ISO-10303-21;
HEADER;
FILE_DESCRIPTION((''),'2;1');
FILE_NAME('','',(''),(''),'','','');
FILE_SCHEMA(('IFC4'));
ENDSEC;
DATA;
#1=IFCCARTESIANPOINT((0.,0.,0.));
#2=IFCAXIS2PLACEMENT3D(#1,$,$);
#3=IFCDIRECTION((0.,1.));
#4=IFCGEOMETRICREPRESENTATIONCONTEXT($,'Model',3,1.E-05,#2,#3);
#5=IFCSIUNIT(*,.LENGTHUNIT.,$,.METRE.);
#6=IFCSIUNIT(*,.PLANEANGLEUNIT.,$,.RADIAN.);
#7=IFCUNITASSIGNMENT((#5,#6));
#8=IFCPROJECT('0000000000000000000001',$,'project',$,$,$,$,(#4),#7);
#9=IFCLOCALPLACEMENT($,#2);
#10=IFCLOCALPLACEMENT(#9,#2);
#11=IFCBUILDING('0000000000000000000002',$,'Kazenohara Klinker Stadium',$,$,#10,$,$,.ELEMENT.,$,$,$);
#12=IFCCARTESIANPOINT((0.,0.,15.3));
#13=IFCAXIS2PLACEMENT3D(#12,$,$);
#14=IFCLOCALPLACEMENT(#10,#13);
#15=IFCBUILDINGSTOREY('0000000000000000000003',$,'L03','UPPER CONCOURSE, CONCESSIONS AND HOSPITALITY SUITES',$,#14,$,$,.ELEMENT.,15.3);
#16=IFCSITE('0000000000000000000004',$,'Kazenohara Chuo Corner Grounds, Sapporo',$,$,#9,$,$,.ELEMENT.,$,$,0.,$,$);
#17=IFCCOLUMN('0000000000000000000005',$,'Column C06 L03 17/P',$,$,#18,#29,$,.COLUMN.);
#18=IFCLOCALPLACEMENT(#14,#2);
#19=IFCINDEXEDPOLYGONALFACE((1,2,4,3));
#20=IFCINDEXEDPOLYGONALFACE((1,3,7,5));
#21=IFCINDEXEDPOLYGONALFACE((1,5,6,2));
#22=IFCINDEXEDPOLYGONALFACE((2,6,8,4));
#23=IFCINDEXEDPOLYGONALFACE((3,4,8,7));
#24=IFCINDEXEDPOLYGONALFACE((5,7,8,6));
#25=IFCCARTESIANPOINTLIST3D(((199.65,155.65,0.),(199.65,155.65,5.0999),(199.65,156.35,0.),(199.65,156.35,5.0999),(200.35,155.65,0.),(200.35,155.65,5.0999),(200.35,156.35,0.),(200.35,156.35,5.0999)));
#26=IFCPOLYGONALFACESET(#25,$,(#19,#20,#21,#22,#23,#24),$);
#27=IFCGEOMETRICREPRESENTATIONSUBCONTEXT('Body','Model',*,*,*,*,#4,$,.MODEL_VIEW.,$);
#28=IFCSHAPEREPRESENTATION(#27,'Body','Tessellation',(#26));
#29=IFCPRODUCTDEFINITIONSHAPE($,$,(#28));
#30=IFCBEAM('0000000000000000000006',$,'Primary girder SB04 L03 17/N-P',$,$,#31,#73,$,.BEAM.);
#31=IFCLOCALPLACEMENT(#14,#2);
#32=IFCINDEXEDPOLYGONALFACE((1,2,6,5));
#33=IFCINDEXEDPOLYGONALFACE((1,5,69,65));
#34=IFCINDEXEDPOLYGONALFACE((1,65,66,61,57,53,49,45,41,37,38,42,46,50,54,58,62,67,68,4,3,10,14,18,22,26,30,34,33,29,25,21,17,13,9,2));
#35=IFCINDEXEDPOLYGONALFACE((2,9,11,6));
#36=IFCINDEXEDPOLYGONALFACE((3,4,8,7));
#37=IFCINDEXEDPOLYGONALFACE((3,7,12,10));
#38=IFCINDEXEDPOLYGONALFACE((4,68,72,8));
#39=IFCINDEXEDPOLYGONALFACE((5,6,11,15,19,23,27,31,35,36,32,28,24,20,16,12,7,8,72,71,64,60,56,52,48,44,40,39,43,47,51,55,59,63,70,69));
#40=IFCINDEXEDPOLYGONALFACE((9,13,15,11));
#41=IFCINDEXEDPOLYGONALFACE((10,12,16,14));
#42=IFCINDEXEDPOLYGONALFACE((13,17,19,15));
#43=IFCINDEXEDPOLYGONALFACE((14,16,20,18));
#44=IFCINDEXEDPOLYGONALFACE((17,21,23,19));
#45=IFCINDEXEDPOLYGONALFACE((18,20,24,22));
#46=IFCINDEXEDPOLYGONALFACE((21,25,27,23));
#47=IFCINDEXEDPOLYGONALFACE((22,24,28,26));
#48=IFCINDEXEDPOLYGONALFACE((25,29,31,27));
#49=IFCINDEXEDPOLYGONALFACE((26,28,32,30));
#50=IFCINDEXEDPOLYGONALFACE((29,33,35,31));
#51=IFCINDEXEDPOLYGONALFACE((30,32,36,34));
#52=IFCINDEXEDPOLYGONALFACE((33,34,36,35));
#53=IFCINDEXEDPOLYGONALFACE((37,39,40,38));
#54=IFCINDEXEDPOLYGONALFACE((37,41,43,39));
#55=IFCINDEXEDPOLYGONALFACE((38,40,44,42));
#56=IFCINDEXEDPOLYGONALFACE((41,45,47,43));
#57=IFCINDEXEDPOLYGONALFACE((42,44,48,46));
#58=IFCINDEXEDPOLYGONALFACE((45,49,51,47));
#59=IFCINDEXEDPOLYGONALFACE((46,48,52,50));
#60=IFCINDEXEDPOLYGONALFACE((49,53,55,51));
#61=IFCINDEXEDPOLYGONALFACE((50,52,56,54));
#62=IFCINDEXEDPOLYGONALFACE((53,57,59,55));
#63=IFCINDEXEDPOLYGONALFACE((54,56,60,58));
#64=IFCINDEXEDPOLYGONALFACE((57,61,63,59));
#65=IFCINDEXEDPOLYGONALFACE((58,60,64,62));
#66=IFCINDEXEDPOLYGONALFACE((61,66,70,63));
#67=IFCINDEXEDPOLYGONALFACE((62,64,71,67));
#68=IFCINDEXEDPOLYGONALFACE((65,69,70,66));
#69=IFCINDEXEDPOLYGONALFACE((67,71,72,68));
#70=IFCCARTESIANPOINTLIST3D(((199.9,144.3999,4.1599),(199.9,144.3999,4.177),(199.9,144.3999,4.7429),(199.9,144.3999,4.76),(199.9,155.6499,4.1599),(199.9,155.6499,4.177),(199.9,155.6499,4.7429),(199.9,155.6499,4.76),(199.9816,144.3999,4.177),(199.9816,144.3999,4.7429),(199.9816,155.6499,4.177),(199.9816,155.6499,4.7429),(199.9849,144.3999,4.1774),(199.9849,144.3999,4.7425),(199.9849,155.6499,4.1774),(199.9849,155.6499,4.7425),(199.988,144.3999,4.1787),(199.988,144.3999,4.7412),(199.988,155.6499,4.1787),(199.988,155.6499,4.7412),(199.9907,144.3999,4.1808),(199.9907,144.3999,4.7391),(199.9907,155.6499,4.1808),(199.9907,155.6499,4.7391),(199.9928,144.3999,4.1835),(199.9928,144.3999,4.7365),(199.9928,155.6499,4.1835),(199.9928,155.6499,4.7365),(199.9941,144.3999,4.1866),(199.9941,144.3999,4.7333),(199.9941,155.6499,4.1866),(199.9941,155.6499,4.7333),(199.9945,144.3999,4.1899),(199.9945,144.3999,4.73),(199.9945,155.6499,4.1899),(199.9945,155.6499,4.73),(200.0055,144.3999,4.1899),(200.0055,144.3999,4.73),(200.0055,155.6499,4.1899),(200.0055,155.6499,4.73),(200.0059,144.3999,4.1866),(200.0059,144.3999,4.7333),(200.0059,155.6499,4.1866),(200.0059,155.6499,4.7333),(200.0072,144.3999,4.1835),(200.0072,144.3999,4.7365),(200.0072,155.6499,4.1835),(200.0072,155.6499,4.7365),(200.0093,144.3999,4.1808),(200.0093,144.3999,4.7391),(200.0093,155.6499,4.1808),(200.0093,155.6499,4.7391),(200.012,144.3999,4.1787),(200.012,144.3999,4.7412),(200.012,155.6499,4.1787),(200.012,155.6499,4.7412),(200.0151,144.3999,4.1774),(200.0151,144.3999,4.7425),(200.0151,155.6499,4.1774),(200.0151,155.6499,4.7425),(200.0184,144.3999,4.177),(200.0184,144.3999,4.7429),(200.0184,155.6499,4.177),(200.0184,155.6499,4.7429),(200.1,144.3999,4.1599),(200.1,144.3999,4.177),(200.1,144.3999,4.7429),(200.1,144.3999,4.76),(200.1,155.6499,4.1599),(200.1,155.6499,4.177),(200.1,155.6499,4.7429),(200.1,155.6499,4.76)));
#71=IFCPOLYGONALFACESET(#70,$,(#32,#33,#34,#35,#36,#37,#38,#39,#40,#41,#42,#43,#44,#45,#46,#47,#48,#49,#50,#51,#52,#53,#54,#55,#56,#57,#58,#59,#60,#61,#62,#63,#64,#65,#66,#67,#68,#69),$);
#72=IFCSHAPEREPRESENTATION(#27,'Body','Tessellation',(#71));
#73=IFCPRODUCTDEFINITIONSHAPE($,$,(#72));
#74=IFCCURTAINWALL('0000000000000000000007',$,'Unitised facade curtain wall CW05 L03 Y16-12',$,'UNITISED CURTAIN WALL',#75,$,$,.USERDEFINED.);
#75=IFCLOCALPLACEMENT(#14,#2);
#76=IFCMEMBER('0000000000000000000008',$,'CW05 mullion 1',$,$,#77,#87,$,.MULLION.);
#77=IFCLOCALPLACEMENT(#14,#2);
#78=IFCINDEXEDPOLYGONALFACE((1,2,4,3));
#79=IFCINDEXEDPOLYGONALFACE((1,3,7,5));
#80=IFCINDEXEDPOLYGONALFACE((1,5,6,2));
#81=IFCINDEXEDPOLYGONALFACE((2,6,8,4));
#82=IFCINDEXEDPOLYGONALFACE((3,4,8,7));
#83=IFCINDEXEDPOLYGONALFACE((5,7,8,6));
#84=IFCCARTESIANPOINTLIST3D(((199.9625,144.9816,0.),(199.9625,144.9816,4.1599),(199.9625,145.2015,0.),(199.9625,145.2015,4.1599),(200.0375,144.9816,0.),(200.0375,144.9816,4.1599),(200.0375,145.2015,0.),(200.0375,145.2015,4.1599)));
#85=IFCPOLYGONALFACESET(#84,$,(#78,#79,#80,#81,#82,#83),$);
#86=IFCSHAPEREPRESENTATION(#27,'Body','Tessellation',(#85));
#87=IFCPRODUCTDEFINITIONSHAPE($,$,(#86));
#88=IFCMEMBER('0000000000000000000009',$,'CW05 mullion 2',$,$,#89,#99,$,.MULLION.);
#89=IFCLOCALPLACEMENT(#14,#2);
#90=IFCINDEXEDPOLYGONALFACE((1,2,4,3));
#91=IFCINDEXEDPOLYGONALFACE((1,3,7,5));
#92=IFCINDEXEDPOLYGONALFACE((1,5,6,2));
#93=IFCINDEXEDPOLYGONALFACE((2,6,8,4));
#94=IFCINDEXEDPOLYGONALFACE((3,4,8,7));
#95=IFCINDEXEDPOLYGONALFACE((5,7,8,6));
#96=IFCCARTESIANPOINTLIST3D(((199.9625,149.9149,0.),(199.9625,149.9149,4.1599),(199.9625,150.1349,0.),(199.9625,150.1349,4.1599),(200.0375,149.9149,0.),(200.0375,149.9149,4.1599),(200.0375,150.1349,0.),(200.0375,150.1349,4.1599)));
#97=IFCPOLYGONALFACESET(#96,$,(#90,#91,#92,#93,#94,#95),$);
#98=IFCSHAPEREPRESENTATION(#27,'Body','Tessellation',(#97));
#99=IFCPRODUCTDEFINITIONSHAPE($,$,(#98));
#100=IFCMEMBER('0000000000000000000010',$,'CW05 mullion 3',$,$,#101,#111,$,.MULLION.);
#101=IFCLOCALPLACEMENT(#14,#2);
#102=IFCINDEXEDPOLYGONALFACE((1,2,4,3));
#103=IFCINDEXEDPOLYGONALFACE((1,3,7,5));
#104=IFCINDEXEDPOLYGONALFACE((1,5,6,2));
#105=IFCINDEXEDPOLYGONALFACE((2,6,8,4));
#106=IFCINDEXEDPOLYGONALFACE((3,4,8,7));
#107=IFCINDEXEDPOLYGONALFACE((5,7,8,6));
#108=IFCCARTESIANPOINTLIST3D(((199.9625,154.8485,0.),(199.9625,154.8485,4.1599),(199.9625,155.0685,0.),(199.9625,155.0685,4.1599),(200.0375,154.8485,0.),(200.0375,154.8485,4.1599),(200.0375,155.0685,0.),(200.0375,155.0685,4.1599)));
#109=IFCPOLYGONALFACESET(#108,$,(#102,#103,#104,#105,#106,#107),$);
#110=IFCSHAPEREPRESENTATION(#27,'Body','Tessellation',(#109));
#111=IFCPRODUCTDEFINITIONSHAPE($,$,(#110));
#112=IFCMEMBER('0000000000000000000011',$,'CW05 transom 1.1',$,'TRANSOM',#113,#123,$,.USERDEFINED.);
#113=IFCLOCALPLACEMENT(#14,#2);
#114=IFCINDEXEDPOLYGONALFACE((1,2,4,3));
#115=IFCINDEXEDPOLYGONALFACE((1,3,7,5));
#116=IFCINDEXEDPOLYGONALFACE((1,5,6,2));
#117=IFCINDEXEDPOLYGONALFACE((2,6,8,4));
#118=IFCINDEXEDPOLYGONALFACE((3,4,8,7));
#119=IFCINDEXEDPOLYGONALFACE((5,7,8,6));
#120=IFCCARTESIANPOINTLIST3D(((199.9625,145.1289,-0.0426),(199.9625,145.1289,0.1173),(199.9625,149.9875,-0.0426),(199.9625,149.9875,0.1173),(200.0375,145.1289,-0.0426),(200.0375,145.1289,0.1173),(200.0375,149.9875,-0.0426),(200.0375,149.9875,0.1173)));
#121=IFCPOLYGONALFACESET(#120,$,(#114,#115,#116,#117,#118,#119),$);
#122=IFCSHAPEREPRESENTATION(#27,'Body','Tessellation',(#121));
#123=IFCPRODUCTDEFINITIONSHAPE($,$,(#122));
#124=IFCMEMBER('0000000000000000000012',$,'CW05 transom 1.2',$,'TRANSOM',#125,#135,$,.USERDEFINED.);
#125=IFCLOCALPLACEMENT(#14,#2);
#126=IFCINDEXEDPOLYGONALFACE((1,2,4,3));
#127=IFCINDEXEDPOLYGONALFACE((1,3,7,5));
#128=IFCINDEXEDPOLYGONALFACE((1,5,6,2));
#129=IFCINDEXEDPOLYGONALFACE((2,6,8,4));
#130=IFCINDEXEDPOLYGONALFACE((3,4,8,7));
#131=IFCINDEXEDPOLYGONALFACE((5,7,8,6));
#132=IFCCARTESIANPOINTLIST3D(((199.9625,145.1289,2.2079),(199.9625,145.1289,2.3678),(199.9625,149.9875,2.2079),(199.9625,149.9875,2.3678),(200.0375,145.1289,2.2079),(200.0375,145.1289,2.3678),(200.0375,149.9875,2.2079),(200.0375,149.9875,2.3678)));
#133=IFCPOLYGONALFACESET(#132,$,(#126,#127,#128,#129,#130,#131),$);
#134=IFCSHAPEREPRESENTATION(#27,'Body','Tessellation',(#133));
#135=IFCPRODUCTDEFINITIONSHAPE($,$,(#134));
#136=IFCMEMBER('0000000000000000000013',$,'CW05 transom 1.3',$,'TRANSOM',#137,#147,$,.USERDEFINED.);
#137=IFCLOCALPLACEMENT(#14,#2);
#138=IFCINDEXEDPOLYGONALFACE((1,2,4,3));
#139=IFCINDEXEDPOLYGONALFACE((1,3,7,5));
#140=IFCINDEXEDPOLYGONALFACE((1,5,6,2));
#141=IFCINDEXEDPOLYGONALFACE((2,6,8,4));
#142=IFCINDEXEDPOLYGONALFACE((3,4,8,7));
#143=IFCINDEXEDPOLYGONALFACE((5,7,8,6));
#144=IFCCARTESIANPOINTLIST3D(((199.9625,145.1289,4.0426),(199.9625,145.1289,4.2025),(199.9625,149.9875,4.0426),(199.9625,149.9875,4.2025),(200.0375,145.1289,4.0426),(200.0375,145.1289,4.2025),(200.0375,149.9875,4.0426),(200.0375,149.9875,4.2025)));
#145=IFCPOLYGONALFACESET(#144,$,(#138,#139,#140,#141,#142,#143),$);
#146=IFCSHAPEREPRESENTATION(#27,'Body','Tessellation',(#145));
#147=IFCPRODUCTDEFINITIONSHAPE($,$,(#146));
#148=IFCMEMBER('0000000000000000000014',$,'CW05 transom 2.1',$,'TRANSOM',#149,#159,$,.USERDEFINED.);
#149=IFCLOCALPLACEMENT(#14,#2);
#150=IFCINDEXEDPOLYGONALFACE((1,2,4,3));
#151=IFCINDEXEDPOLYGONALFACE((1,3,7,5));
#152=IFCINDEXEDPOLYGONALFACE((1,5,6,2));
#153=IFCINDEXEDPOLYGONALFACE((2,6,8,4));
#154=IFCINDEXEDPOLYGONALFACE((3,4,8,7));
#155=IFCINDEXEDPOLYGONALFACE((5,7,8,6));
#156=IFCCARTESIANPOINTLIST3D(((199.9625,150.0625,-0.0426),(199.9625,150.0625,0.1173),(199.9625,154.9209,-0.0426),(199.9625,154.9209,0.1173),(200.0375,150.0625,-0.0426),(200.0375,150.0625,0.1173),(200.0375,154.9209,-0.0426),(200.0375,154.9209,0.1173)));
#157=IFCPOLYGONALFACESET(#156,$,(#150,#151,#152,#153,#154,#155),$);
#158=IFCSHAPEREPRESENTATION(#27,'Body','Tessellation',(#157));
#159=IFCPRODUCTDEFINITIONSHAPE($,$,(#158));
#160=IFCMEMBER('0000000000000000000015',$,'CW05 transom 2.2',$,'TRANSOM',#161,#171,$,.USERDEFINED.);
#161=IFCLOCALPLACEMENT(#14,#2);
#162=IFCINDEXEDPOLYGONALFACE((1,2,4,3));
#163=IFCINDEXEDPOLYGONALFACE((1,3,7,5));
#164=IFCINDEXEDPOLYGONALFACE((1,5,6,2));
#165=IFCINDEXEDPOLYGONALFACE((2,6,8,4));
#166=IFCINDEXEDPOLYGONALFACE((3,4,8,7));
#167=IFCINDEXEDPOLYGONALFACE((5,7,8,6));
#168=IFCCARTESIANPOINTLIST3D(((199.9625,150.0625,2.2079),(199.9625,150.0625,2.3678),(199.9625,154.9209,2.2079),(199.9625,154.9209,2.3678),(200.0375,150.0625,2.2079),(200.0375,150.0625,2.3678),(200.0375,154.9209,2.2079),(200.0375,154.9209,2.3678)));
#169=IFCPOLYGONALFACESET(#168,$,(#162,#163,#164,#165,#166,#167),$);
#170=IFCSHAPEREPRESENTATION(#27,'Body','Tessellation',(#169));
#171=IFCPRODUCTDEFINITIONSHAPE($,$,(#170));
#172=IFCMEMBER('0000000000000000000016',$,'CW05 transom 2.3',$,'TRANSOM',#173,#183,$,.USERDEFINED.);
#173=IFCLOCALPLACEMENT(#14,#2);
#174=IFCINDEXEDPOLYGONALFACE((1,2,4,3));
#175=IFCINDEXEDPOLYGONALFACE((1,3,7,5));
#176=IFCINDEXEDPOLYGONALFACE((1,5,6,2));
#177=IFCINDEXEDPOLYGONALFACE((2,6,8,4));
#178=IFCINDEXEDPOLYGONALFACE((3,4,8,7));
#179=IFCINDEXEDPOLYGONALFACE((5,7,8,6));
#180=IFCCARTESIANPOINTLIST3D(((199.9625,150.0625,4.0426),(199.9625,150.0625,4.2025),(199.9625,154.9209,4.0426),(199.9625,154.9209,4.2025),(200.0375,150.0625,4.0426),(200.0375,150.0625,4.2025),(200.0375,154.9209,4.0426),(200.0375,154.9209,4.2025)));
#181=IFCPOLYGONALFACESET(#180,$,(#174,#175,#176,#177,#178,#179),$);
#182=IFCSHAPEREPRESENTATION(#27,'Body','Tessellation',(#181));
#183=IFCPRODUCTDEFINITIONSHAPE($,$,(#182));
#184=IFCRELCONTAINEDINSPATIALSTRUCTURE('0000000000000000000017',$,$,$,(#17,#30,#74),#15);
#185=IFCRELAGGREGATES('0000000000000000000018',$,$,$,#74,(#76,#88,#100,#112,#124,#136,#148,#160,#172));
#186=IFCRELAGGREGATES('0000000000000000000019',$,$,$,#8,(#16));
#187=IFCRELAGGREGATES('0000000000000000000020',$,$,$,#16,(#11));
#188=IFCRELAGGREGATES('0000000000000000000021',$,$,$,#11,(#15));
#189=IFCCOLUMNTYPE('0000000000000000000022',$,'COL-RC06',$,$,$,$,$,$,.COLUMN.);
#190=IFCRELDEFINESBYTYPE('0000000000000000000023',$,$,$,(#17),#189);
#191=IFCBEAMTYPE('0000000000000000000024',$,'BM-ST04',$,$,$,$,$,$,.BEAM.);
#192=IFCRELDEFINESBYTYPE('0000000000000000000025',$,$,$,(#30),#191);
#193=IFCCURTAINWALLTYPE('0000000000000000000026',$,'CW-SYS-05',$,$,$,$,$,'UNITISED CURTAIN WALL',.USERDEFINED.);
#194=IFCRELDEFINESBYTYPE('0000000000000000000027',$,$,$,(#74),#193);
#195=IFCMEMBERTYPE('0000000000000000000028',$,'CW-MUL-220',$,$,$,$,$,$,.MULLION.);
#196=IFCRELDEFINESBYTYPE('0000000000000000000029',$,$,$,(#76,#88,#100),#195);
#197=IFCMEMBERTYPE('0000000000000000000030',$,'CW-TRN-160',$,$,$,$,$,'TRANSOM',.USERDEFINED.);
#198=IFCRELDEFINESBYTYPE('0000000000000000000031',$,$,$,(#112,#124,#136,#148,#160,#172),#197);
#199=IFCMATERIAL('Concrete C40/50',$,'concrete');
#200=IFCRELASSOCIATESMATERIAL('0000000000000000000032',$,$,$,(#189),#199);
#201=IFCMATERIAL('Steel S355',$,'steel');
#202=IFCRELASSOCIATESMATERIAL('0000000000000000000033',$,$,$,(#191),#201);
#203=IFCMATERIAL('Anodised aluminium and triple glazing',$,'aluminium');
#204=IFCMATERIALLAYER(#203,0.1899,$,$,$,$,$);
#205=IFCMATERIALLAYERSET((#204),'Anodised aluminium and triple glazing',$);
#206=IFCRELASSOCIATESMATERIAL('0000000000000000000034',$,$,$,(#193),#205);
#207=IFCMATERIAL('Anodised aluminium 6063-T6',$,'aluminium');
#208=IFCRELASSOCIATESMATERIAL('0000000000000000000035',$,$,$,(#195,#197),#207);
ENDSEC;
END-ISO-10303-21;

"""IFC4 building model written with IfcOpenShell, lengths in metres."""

from ifc_helpers import new_model, si_unit, direction, frame, origin, origin_2d, place, context, subcontext, project, spatial, rectangle, i_section, extrude, material, layer, layer_set, material_profile, profile_set, type_object, element, aggregate, save


model = new_model("IFC4")

# Units and contexts
model_context = context("Model", 3, precision=1e-05, world=origin(), true_north=direction((0.0, 1.0)))
body_context = subcontext(model_context, "Body", "Model", "MODEL_VIEW")
ifc_project = project(units=[si_unit("LENGTHUNIT", "METRE"), si_unit("PLANEANGLEUNIT", "RADIAN")], contexts=[model_context])

# Site, building, storey
site_placement = place(None, origin())
site = spatial("IfcSite", under=ifc_project, at=site_placement, Name="Kazenohara Chuo Corner Grounds, Sapporo", CompositionType="ELEMENT", RefElevation=0.0)
building_placement = place(site_placement, origin())
building = spatial("IfcBuilding", under=site, at=building_placement, Name="Kazenohara Klinker Stadium", CompositionType="ELEMENT")
storey_placement = place(building_placement, frame((0.0, 0.0, 15.3)))
storey = spatial("IfcBuildingStorey", under=building, at=storey_placement, Name="L03", Description="UPPER CONCOURSE, CONCESSIONS AND HOSPITALITY SUITES", CompositionType="ELEMENT", Elevation=15.3)

# Column
ifc_material_1 = material(Name="Concrete C40/50", Category="concrete")
ifc_material_profile_1 = material_profile(ifc_material_1, rectangle(XDim=0.7, YDim=0.7, at=origin_2d()), Name="RC-COL-700x700")
ifc_profile_set_1 = profile_set([ifc_material_profile_1], Name="Concrete C40/50")
column_type = type_object("IfcColumnType", Name="COL-RC06", PredefinedType="COLUMN", material=ifc_profile_set_1)
column_placement = place(storey_placement, frame((200.0, 156.0, 0.0), z_axis=(0.0, 0.0, 1.0), x_axis=(1.0, 0.0, 0.0)))
element("IfcColumn", 1, at=column_placement, inside=storey, type_object=column_type, Name="Column C06 L03 17/P", PredefinedType="COLUMN", context=body_context, shape_type="SweptSolid", body=[
    extrude(rectangle(XDim=0.7, YDim=0.7, at=origin_2d()), origin(), (0.0, 0.0, 1.0), 5.0999),
])

# Beam
ifc_material_2 = material(Name="Steel S355", Category="steel")
ifc_material_profile_2 = material_profile(ifc_material_2, i_section(OverallWidth=0.2, OverallDepth=0.6001, WebThickness=0.011, FlangeThickness=0.0171, FilletRadius=0.0129, at=origin_2d()), Name="H-600x200x11x17")
ifc_profile_set_2 = profile_set([ifc_material_profile_2], Name="Steel S355")
beam_type = type_object("IfcBeamType", Name="BM-ST04", PredefinedType="BEAM", material=ifc_profile_set_2)
beam_placement = place(storey_placement, frame((200.0, 144.3999, 4.46), z_axis=(0.0, 1.0, 0.0), x_axis=(-1.0, 0.0, 0.0)))
element("IfcBeam", 2, at=beam_placement, inside=storey, type_object=beam_type, Name="Primary girder SB04 L03 17/N-P", PredefinedType="BEAM", context=body_context, shape_type="SweptSolid", body=[
    extrude(i_section(OverallWidth=0.2, OverallDepth=0.6001, WebThickness=0.011, FlangeThickness=0.0171, FilletRadius=0.0129, at=origin_2d()), origin(), (0.0, 0.0, 1.0), 11.25),
])

# Curtain wall, members
ifc_material_3 = material(Name="Anodised aluminium and triple glazing", Category="aluminium")
ifc_layer_1 = layer(ifc_material_3, 0.1899)
ifc_layer_set_1 = layer_set([ifc_layer_1], Name="Anodised aluminium and triple glazing")
curtain_wall_type = type_object("IfcCurtainWallType", Name="CW-SYS-05", ElementType="UNITISED CURTAIN WALL", PredefinedType="USERDEFINED", material=ifc_layer_set_1)
curtain_wall_placement = place(storey_placement, origin())
curtain_wall = element("IfcCurtainWall", 3, at=curtain_wall_placement, inside=storey, type_object=curtain_wall_type, Name="Unitised facade curtain wall CW05 L03 Y16-12", ObjectType="UNITISED CURTAIN WALL", PredefinedType="USERDEFINED")
ifc_material_4 = material(Name="Anodised aluminium 6063-T6", Category="aluminium")
ifc_material_profile_3 = material_profile(ifc_material_4, rectangle(XDim=0.075, YDim=0.22, at=origin_2d()), Name="ALU-MUL-75x220")
ifc_profile_set_3 = profile_set([ifc_material_profile_3], Name="Anodised aluminium 6063-T6")
member_type_1 = type_object("IfcMemberType", Name="CW-MUL-220", PredefinedType="MULLION", material=ifc_profile_set_3)
member_1_placement = place(storey_placement, frame((200.0, 145.0916, 0.0), z_axis=(0.0, 0.0, 1.0), x_axis=(-1.0, 0.0, 0.0)))
member_1 = element("IfcMember", 4, at=member_1_placement, type_object=member_type_1, Name="CW05 mullion 1", PredefinedType="MULLION", context=body_context, shape_type="SweptSolid", body=[
    extrude(rectangle(XDim=0.075, YDim=0.22, at=origin_2d()), origin(), (0.0, 0.0, 1.0), 4.1599),
])
member_2_placement = place(storey_placement, frame((200.0, 150.0249, 0.0), z_axis=(0.0, 0.0, 1.0), x_axis=(-1.0, 0.0, 0.0)))
member_2 = element("IfcMember", 5, at=member_2_placement, type_object=member_type_1, Name="CW05 mullion 2", PredefinedType="MULLION", context=body_context, shape_type="SweptSolid", body=[
    extrude(rectangle(XDim=0.075, YDim=0.22, at=origin_2d()), origin(), (0.0, 0.0, 1.0), 4.1599),
])
member_3_placement = place(storey_placement, frame((200.0, 154.9585, 0.0), z_axis=(0.0, 0.0, 1.0), x_axis=(-1.0, 0.0, 0.0)))
member_3 = element("IfcMember", 6, at=member_3_placement, type_object=member_type_1, Name="CW05 mullion 3", PredefinedType="MULLION", context=body_context, shape_type="SweptSolid", body=[
    extrude(rectangle(XDim=0.075, YDim=0.22, at=origin_2d()), origin(), (0.0, 0.0, 1.0), 4.1599),
])
ifc_material_profile_4 = material_profile(ifc_material_4, rectangle(XDim=0.075, YDim=0.1599, at=origin_2d()), Name="ALU-TRN-75x160")
ifc_profile_set_4 = profile_set([ifc_material_profile_4], Name="Anodised aluminium 6063-T6")
member_type_2 = type_object("IfcMemberType", Name="CW-TRN-160", ElementType="TRANSOM", PredefinedType="USERDEFINED", material=ifc_profile_set_4)
member_4_placement = place(storey_placement, frame((200.0, 145.1289, 0.0374), z_axis=(0.0, 1.0, 0.0), x_axis=(-1.0, 0.0, 0.0)))
member_4 = element("IfcMember", 7, at=member_4_placement, type_object=member_type_2, Name="CW05 transom 1.1", ObjectType="TRANSOM", PredefinedType="USERDEFINED", context=body_context, shape_type="SweptSolid", body=[
    extrude(rectangle(XDim=0.075, YDim=0.1599, at=origin_2d()), origin(), (0.0, 0.0, 1.0), 4.8586),
])
member_5_placement = place(storey_placement, frame((200.0, 145.1289, 2.2878), z_axis=(0.0, 1.0, 0.0), x_axis=(-1.0, 0.0, 0.0)))
member_5 = element("IfcMember", 8, at=member_5_placement, type_object=member_type_2, Name="CW05 transom 1.2", ObjectType="TRANSOM", PredefinedType="USERDEFINED", context=body_context, shape_type="SweptSolid", body=[
    extrude(rectangle(XDim=0.075, YDim=0.1599, at=origin_2d()), origin(), (0.0, 0.0, 1.0), 4.8586),
])
member_6_placement = place(storey_placement, frame((200.0, 145.1289, 4.1226), z_axis=(0.0, 1.0, 0.0), x_axis=(-1.0, 0.0, 0.0)))
member_6 = element("IfcMember", 9, at=member_6_placement, type_object=member_type_2, Name="CW05 transom 1.3", ObjectType="TRANSOM", PredefinedType="USERDEFINED", context=body_context, shape_type="SweptSolid", body=[
    extrude(rectangle(XDim=0.075, YDim=0.1599, at=origin_2d()), origin(), (0.0, 0.0, 1.0), 4.8586),
])
member_7_placement = place(storey_placement, frame((200.0, 150.0625, 0.0374), z_axis=(0.0, 1.0, 0.0), x_axis=(-1.0, 0.0, 0.0)))
member_7 = element("IfcMember", 10, at=member_7_placement, type_object=member_type_2, Name="CW05 transom 2.1", ObjectType="TRANSOM", PredefinedType="USERDEFINED", context=body_context, shape_type="SweptSolid", body=[
    extrude(rectangle(XDim=0.075, YDim=0.1599, at=origin_2d()), origin(), (0.0, 0.0, 1.0), 4.8584),
])
member_8_placement = place(storey_placement, frame((200.0, 150.0625, 2.2878), z_axis=(0.0, 1.0, 0.0), x_axis=(-1.0, 0.0, 0.0)))
member_8 = element("IfcMember", 11, at=member_8_placement, type_object=member_type_2, Name="CW05 transom 2.2", ObjectType="TRANSOM", PredefinedType="USERDEFINED", context=body_context, shape_type="SweptSolid", body=[
    extrude(rectangle(XDim=0.075, YDim=0.1599, at=origin_2d()), origin(), (0.0, 0.0, 1.0), 4.8584),
])
member_9_placement = place(storey_placement, frame((200.0, 150.0625, 4.1226), z_axis=(0.0, 1.0, 0.0), x_axis=(-1.0, 0.0, 0.0)))
member_9 = element("IfcMember", 12, at=member_9_placement, type_object=member_type_2, Name="CW05 transom 2.3", ObjectType="TRANSOM", PredefinedType="USERDEFINED", context=body_context, shape_type="SweptSolid", body=[
    extrude(rectangle(XDim=0.075, YDim=0.1599, at=origin_2d()), origin(), (0.0, 0.0, 1.0), 4.8584),
])
aggregate(curtain_wall, [member_1, member_2, member_3, member_4, member_5, member_6, member_7, member_8, member_9])

save(model, "model.ifc")
